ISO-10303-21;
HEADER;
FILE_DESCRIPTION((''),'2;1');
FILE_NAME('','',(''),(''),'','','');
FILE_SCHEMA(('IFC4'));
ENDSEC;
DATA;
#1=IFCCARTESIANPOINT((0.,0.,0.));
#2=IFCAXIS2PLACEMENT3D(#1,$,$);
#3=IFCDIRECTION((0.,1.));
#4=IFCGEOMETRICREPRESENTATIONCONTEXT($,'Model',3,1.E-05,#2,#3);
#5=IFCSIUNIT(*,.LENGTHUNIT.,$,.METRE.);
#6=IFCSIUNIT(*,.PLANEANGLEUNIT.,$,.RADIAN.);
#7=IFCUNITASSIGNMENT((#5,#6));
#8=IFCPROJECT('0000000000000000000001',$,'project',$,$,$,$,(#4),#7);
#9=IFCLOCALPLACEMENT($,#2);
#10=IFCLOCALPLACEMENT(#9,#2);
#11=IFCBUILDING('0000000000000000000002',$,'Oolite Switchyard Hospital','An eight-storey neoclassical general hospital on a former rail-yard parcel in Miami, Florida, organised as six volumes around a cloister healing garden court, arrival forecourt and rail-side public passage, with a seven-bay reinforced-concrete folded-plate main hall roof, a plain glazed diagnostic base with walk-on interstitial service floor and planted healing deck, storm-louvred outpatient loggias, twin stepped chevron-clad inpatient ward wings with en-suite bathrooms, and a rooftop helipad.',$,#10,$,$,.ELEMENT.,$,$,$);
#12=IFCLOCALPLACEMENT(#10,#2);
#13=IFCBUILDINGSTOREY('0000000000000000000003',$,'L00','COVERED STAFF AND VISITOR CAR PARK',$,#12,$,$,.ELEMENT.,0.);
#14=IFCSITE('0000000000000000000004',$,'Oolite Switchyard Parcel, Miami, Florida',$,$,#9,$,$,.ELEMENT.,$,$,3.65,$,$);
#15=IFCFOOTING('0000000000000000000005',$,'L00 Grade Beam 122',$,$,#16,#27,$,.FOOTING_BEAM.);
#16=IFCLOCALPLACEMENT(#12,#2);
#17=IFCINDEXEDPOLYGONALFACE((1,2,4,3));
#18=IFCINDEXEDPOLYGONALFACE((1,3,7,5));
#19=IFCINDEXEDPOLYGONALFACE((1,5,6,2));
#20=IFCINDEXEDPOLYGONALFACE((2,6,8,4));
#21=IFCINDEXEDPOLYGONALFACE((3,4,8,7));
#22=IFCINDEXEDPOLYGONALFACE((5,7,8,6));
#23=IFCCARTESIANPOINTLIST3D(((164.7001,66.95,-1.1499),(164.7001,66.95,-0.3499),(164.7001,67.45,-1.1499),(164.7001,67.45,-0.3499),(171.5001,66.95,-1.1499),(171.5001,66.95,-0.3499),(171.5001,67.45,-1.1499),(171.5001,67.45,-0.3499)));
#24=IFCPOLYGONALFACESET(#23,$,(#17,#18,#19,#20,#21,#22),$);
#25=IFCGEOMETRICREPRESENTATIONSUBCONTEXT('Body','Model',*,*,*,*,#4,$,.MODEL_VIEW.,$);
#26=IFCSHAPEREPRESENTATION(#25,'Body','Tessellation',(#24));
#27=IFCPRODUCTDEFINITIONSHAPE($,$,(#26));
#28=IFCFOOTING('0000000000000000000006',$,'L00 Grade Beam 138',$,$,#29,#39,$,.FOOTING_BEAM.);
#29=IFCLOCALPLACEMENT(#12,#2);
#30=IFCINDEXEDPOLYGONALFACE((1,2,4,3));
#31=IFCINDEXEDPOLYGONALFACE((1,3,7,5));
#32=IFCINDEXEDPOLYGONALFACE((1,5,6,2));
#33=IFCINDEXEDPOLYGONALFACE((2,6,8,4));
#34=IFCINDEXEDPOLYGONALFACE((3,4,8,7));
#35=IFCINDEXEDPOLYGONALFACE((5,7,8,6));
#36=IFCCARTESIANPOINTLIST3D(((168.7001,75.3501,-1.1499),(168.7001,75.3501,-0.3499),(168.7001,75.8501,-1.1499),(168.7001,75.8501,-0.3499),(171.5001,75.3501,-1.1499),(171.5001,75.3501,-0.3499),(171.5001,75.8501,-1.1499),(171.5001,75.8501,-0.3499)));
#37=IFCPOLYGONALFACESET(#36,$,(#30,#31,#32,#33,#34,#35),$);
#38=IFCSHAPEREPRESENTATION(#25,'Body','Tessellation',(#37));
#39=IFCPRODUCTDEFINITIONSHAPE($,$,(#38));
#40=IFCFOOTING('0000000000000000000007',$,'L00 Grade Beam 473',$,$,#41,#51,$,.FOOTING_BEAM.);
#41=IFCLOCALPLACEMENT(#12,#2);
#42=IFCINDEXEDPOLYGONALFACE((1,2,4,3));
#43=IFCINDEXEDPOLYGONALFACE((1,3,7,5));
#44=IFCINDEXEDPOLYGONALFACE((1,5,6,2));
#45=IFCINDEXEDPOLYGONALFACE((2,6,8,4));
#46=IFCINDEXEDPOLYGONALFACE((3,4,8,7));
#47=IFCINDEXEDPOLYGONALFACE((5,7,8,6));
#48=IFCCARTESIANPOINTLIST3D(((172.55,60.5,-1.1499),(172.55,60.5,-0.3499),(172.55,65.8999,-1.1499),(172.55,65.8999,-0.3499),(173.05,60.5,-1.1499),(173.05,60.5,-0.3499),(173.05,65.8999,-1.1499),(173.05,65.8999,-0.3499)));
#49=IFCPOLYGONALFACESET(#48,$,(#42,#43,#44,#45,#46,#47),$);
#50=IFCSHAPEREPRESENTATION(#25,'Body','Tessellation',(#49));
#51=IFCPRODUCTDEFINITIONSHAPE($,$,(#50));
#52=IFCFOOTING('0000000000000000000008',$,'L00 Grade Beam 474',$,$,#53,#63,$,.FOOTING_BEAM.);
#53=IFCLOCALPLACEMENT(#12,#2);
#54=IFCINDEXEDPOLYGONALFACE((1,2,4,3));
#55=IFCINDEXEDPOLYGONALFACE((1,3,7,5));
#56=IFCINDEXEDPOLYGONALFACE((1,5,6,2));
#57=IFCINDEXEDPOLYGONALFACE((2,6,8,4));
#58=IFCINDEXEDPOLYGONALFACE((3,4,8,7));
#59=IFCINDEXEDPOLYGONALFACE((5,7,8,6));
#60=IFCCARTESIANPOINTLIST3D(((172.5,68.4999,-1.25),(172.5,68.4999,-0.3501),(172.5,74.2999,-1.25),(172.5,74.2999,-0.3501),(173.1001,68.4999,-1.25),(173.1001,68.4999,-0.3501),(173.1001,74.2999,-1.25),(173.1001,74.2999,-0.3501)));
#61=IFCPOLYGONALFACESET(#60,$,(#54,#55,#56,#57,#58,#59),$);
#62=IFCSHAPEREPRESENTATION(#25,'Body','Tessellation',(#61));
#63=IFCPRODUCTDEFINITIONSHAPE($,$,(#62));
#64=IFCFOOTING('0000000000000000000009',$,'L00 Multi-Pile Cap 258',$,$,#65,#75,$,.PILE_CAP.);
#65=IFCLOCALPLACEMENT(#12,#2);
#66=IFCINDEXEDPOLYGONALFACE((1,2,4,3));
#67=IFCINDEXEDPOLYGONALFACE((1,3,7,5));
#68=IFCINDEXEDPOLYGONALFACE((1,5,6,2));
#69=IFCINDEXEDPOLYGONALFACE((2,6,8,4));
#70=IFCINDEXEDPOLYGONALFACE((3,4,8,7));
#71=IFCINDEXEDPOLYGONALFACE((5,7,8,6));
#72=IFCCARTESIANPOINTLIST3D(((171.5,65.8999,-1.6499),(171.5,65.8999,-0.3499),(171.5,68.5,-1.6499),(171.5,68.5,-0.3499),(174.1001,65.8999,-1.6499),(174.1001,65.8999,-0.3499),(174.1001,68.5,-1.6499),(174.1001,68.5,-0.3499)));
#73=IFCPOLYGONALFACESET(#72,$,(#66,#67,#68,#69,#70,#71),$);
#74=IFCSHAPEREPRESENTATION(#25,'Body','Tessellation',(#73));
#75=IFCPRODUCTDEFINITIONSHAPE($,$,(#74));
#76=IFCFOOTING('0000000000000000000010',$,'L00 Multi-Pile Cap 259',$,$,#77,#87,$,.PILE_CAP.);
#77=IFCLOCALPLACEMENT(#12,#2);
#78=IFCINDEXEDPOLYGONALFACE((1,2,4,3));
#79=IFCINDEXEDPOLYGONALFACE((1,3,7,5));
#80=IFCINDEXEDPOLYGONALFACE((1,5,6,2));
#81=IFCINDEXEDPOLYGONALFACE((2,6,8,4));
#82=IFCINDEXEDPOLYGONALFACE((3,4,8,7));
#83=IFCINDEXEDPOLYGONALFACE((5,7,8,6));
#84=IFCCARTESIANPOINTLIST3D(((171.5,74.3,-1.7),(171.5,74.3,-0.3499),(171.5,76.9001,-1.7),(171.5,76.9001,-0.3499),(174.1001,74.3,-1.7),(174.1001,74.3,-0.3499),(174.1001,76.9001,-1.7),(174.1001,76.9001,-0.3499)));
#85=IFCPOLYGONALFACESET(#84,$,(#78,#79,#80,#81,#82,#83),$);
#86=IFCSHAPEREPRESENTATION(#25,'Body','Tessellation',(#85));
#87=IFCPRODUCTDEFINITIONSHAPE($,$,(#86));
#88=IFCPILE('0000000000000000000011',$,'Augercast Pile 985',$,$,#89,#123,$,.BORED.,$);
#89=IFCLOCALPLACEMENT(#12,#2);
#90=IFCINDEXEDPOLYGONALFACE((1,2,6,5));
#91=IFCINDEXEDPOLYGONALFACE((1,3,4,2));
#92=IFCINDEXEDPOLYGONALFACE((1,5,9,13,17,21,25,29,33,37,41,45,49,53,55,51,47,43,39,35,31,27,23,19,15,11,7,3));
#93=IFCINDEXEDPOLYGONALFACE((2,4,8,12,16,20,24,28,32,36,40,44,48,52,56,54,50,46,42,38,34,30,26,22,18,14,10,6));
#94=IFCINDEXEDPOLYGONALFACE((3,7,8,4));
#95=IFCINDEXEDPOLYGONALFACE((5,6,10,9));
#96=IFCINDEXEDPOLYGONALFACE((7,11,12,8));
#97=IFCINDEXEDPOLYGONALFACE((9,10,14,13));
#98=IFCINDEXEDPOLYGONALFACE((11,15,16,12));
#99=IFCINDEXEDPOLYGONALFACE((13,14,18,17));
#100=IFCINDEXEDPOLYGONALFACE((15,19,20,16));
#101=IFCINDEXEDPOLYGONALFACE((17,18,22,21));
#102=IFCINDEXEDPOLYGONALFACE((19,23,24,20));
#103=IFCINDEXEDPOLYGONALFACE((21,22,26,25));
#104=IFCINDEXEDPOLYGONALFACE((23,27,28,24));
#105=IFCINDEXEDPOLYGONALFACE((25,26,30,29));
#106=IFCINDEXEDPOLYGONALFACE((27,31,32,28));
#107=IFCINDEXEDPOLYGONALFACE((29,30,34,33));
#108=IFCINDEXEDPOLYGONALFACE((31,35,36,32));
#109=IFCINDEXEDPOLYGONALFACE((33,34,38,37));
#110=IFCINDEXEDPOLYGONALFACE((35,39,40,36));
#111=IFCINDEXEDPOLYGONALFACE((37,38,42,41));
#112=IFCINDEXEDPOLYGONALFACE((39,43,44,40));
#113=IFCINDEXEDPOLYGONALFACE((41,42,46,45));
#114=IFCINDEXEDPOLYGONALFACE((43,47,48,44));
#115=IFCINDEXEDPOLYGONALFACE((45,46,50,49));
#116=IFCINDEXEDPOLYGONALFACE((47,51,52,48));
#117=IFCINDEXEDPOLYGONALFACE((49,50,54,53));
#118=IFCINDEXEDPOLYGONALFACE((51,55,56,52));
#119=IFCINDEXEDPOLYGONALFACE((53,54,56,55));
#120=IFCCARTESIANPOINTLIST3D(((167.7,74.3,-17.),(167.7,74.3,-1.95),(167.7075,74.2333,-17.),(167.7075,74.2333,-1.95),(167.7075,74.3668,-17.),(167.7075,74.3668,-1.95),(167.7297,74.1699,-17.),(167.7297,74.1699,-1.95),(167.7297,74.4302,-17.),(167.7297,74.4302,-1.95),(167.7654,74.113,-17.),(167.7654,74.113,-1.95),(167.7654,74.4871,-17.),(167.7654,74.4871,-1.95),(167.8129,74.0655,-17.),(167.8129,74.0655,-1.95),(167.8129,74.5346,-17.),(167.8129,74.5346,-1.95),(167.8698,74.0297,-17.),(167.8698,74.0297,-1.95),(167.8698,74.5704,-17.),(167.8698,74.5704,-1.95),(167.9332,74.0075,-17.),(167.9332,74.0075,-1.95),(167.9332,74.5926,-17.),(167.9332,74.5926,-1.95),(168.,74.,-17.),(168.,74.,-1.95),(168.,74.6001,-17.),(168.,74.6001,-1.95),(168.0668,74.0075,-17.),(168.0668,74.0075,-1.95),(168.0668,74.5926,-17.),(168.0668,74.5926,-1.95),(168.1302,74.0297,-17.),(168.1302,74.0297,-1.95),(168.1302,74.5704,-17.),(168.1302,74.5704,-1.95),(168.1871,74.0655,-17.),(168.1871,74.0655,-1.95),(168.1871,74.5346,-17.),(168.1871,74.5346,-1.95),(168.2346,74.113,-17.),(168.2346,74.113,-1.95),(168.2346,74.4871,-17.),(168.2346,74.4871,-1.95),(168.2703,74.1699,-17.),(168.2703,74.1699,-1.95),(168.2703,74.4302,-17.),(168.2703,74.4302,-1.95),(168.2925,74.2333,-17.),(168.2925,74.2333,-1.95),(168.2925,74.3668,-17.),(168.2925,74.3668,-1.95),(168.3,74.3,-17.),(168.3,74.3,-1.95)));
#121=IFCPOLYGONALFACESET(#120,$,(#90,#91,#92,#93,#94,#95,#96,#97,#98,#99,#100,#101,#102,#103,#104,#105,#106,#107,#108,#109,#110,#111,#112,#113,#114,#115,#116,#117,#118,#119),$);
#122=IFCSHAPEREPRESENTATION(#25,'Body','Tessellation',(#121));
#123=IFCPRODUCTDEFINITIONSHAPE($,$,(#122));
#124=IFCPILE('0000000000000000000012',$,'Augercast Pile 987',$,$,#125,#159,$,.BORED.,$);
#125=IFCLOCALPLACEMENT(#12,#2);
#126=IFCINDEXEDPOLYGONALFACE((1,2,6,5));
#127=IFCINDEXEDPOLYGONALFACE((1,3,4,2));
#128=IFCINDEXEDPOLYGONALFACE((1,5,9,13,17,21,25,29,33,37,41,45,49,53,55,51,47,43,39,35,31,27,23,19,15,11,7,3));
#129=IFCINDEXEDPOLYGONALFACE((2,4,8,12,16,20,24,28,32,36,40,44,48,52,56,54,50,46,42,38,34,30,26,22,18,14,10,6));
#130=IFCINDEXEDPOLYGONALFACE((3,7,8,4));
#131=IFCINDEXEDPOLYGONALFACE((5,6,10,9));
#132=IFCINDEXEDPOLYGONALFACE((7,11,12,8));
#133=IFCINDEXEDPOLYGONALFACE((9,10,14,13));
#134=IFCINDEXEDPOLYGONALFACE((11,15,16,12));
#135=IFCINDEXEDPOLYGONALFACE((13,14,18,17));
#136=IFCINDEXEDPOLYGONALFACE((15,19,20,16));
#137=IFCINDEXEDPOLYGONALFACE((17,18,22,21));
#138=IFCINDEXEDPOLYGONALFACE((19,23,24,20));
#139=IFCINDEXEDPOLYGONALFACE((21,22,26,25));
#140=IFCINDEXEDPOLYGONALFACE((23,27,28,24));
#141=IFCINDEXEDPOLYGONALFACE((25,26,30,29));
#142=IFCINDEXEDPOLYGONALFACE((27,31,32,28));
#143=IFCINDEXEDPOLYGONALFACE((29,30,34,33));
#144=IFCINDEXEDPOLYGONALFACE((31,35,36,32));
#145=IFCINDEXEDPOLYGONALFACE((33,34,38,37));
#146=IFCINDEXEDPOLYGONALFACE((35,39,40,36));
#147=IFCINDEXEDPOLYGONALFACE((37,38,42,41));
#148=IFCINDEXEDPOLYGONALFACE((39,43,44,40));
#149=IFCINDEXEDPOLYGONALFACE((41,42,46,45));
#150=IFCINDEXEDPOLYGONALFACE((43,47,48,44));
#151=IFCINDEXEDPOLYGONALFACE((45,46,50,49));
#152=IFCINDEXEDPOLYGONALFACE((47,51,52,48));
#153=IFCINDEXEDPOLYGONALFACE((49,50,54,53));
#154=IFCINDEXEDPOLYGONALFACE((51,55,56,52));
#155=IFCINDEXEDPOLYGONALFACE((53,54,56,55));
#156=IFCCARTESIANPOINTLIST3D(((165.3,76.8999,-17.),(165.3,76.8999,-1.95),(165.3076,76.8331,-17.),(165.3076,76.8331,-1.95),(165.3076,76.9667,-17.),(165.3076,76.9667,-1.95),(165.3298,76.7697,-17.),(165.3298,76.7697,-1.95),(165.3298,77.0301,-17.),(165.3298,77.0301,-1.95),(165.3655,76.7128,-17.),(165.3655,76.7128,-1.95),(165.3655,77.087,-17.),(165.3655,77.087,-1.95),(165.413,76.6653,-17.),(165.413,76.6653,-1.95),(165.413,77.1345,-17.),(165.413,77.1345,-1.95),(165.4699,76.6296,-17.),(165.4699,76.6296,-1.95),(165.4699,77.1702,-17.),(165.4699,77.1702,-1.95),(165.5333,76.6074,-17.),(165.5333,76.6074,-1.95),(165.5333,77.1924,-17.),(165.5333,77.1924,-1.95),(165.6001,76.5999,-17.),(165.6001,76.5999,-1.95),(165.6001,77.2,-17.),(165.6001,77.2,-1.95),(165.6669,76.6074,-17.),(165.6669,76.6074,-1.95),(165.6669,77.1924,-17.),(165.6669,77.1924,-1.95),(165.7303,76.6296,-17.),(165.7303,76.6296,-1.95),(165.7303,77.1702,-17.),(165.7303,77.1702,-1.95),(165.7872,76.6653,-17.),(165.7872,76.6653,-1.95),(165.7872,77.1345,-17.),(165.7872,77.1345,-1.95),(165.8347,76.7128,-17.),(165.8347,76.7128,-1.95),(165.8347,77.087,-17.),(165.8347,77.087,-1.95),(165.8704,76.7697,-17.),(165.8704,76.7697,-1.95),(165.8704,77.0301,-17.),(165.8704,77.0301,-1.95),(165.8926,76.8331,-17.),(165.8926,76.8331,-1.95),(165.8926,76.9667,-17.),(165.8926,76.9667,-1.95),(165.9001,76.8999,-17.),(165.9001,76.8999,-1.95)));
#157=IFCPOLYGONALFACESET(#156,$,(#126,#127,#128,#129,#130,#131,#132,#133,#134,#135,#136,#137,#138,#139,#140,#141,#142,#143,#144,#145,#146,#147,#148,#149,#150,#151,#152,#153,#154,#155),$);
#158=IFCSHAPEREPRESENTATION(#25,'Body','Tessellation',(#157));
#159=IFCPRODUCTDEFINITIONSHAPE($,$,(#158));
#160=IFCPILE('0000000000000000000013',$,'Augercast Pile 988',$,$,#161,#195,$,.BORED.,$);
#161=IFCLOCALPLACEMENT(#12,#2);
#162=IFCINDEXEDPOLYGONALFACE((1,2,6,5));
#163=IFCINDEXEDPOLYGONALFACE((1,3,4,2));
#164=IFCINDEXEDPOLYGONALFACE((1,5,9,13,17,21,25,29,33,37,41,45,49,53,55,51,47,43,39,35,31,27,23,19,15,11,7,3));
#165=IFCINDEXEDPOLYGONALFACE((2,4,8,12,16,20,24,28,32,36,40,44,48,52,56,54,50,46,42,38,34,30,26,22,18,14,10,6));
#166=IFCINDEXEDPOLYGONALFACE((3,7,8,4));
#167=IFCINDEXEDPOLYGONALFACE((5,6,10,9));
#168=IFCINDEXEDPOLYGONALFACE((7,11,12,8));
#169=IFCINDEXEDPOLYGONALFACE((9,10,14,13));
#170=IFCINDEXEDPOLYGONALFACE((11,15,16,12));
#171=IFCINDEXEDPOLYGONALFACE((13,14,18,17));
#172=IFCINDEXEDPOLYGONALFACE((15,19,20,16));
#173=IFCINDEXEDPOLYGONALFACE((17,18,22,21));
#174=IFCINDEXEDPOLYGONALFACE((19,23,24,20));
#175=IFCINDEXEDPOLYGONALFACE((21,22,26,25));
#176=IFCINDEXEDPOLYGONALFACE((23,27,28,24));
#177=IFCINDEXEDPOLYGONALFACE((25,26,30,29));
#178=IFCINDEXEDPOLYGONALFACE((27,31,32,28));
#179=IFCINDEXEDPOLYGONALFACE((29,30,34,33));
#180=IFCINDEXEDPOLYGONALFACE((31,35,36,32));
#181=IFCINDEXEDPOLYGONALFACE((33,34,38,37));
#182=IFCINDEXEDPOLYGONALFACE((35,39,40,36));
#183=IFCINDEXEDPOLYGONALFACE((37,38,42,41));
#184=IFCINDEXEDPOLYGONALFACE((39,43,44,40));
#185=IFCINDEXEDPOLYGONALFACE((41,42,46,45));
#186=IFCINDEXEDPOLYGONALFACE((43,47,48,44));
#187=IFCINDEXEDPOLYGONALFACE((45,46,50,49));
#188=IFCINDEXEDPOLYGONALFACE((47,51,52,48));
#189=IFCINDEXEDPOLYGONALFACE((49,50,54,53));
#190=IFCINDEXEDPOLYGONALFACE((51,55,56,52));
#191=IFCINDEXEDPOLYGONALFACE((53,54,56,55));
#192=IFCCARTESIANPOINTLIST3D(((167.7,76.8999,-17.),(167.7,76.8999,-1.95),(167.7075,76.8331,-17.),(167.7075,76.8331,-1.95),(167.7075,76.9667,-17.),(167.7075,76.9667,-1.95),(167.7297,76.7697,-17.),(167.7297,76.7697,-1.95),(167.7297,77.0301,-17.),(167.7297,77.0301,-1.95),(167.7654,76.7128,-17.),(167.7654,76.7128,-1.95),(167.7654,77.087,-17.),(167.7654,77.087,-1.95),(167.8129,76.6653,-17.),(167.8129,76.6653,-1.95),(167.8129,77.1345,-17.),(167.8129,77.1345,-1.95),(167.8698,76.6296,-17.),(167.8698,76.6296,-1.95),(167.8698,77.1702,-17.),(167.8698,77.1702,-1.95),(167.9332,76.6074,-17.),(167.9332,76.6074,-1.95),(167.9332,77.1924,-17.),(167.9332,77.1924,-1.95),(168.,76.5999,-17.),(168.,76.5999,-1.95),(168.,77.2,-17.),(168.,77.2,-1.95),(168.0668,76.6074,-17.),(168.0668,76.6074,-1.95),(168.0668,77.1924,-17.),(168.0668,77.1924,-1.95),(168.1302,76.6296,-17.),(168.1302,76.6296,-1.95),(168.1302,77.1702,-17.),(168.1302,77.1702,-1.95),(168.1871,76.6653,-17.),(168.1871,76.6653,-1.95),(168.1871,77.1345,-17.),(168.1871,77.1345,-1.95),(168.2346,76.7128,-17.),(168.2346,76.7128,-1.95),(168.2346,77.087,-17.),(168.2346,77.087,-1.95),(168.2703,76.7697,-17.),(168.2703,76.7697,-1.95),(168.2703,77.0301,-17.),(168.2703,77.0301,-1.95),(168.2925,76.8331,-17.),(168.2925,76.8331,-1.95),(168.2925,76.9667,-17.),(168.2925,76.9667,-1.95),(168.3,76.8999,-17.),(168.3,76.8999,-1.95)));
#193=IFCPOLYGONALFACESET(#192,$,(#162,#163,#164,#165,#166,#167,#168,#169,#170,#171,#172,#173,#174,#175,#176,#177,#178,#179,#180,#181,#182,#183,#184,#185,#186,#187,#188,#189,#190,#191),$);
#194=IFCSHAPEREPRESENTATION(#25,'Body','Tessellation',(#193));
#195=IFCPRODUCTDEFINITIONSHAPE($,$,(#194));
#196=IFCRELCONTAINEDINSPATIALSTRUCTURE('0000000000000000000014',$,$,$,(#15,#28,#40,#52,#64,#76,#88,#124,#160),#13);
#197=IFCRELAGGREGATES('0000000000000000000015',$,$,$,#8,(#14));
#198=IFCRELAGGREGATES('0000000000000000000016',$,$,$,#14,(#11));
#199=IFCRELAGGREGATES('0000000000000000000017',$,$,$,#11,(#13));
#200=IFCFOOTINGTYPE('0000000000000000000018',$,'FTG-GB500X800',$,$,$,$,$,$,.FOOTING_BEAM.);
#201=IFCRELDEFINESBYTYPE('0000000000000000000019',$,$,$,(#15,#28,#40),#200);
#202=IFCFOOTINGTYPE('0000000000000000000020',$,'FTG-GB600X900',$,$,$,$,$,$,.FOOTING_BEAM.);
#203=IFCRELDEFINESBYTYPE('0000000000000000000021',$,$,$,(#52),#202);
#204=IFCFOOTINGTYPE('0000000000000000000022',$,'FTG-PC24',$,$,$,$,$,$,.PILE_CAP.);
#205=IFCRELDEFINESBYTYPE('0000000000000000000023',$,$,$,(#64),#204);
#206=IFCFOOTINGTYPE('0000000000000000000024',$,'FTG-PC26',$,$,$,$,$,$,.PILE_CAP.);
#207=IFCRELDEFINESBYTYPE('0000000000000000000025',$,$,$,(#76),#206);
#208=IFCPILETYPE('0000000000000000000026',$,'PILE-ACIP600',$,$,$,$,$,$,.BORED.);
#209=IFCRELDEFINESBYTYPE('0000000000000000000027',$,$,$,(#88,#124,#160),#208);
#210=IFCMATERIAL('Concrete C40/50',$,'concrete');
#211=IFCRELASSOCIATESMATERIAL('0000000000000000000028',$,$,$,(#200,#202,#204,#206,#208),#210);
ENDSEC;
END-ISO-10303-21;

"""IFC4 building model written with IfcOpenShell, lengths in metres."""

from ifc_helpers import new_model, si_unit, direction, frame, origin, origin_2d, place, context, subcontext, project, spatial, rectangle, circle, extrude, material, material_profile, profile_set, type_object, element, save


model = new_model("IFC4")

# Units and contexts
model_context = context("Model", 3, precision=1e-05, world=origin(), true_north=direction((0.0, 1.0)))
body_context = subcontext(model_context, "Body", "Model", "MODEL_VIEW")
ifc_project = project(units=[si_unit("LENGTHUNIT", "METRE"), si_unit("PLANEANGLEUNIT", "RADIAN")], contexts=[model_context])

# Site, building, storey
site_placement = place(None, origin())
site = spatial("IfcSite", under=ifc_project, at=site_placement, Name="Oolite Switchyard Parcel, Miami, Florida", CompositionType="ELEMENT", RefElevation=3.65)
building_placement = place(site_placement, origin())
building = spatial("IfcBuilding", under=site, at=building_placement, Name="Oolite Switchyard Hospital", Description="An eight-storey neoclassical general hospital on a former rail-yard parcel in Miami, Florida, organised as six volumes around a cloister healing garden court, arrival forecourt and rail-side public passage, with a seven-bay reinforced-concrete folded-plate main hall roof, a plain glazed diagnostic base with walk-on interstitial service floor and planted healing deck, storm-louvred outpatient loggias, twin stepped chevron-clad inpatient ward wings with en-suite bathrooms, and a rooftop helipad.", CompositionType="ELEMENT")
storey_placement = place(building_placement, origin())
storey = spatial("IfcBuildingStorey", under=building, at=storey_placement, Name="L00", Description="COVERED STAFF AND VISITOR CAR PARK", CompositionType="ELEMENT", Elevation=0.0)

# Footings
ifc_material_1 = material(Name="Concrete C40/50", Category="concrete")
footing_type_1 = type_object("IfcFootingType", Name="FTG-GB500X800", PredefinedType="FOOTING_BEAM", material=ifc_material_1)
footing_1_placement = place(storey_placement, frame((168.1001, 67.2, -1.1499), z_axis=(0.0, 0.0, 1.0), x_axis=(1.0, 0.0, 0.0)))
element("IfcFooting", 1, at=footing_1_placement, inside=storey, type_object=footing_type_1, Name="L00 Grade Beam 122", PredefinedType="FOOTING_BEAM", context=body_context, shape_type="SweptSolid", body=[
    extrude(rectangle(XDim=6.8, YDim=0.5, at=origin_2d()), origin(), (0.0, 0.0, 1.0), 0.8),
])
footing_2_placement = place(storey_placement, frame((170.1001, 75.6001, -1.1499), z_axis=(0.0, 0.0, 1.0), x_axis=(1.0, 0.0, 0.0)))
element("IfcFooting", 2, at=footing_2_placement, inside=storey, type_object=footing_type_1, Name="L00 Grade Beam 138", PredefinedType="FOOTING_BEAM", context=body_context, shape_type="SweptSolid", body=[
    extrude(rectangle(XDim=2.8, YDim=0.5, at=origin_2d()), origin(), (0.0, 0.0, 1.0), 0.8),
])
footing_3_placement = place(storey_placement, frame((172.8, 63.2, -1.1499), z_axis=(0.0, 0.0, 1.0), x_axis=(0.0, 1.0, 0.0)))
element("IfcFooting", 3, at=footing_3_placement, inside=storey, type_object=footing_type_1, Name="L00 Grade Beam 473", PredefinedType="FOOTING_BEAM", context=body_context, shape_type="SweptSolid", body=[
    extrude(rectangle(XDim=5.3999, YDim=0.5, at=origin_2d()), origin(), (0.0, 0.0, 1.0), 0.8),
])
footing_type_2 = type_object("IfcFootingType", Name="FTG-GB600X900", PredefinedType="FOOTING_BEAM", material=ifc_material_1)
footing_4_placement = place(storey_placement, frame((172.8, 71.3999, -1.25), z_axis=(0.0, 0.0, 1.0), x_axis=(0.0, 1.0, 0.0)))
element("IfcFooting", 4, at=footing_4_placement, inside=storey, type_object=footing_type_2, Name="L00 Grade Beam 474", PredefinedType="FOOTING_BEAM", context=body_context, shape_type="SweptSolid", body=[
    extrude(rectangle(XDim=5.8, YDim=0.6001, at=origin_2d()), origin(), (0.0, 0.0, 1.0), 0.8999),
])
footing_type_3 = type_object("IfcFootingType", Name="FTG-PC24", PredefinedType="PILE_CAP", material=ifc_material_1)
footing_5_placement = place(storey_placement, frame((172.8, 67.2, -1.6499), z_axis=(0.0, 0.0, 1.0), x_axis=(1.0, 0.0, 0.0)))
element("IfcFooting", 5, at=footing_5_placement, inside=storey, type_object=footing_type_3, Name="L00 Multi-Pile Cap 258", PredefinedType="PILE_CAP", context=body_context, shape_type="SweptSolid", body=[
    extrude(rectangle(XDim=2.6001, YDim=2.6001, at=origin_2d()), origin(), (0.0, 0.0, 1.0), 1.3),
])
footing_type_4 = type_object("IfcFootingType", Name="FTG-PC26", PredefinedType="PILE_CAP", material=ifc_material_1)
footing_6_placement = place(storey_placement, frame((172.8, 75.6001, -1.7), z_axis=(0.0, 0.0, 1.0), x_axis=(1.0, 0.0, 0.0)))
element("IfcFooting", 6, at=footing_6_placement, inside=storey, type_object=footing_type_4, Name="L00 Multi-Pile Cap 259", PredefinedType="PILE_CAP", context=body_context, shape_type="SweptSolid", body=[
    extrude(rectangle(XDim=2.6001, YDim=2.6001, at=origin_2d()), origin(), (0.0, 0.0, 1.0), 1.3501),
])

# Piles
ifc_material_profile_1 = material_profile(ifc_material_1, circle(Radius=0.3, at=origin_2d()), Name="PILE600")
ifc_profile_set_1 = profile_set([ifc_material_profile_1], Name="Concrete C40/50")
pile_type = type_object("IfcPileType", Name="PILE-ACIP600", PredefinedType="BORED", material=ifc_profile_set_1)
for number, where, z_axis, x_axis, name in (
    (7, (168.0, 74.3, -1.95), (0.0, 0.0, -1.0), (1.0, 0.0, 0.0), "Augercast Pile 985"),
    (8, (165.6001, 76.8999, -1.95), (0.0, 0.0, -1.0), (1.0, 0.0, 0.0), "Augercast Pile 987"),
    (9, (168.0, 76.8999, -1.95), (0.0, 0.0, -1.0), (1.0, 0.0, 0.0), "Augercast Pile 988"),
):
    element("IfcPile", number, at=place(storey_placement, frame(where, z_axis=z_axis, x_axis=x_axis)), inside=storey, type_object=pile_type, Name=name, PredefinedType="BORED", context=body_context, shape_type="SweptSolid", body=[
        extrude(circle(Radius=0.3, at=origin_2d()), origin(), (0.0, 0.0, 1.0), 15.05),
    ])

save(model, "model.ifc")
